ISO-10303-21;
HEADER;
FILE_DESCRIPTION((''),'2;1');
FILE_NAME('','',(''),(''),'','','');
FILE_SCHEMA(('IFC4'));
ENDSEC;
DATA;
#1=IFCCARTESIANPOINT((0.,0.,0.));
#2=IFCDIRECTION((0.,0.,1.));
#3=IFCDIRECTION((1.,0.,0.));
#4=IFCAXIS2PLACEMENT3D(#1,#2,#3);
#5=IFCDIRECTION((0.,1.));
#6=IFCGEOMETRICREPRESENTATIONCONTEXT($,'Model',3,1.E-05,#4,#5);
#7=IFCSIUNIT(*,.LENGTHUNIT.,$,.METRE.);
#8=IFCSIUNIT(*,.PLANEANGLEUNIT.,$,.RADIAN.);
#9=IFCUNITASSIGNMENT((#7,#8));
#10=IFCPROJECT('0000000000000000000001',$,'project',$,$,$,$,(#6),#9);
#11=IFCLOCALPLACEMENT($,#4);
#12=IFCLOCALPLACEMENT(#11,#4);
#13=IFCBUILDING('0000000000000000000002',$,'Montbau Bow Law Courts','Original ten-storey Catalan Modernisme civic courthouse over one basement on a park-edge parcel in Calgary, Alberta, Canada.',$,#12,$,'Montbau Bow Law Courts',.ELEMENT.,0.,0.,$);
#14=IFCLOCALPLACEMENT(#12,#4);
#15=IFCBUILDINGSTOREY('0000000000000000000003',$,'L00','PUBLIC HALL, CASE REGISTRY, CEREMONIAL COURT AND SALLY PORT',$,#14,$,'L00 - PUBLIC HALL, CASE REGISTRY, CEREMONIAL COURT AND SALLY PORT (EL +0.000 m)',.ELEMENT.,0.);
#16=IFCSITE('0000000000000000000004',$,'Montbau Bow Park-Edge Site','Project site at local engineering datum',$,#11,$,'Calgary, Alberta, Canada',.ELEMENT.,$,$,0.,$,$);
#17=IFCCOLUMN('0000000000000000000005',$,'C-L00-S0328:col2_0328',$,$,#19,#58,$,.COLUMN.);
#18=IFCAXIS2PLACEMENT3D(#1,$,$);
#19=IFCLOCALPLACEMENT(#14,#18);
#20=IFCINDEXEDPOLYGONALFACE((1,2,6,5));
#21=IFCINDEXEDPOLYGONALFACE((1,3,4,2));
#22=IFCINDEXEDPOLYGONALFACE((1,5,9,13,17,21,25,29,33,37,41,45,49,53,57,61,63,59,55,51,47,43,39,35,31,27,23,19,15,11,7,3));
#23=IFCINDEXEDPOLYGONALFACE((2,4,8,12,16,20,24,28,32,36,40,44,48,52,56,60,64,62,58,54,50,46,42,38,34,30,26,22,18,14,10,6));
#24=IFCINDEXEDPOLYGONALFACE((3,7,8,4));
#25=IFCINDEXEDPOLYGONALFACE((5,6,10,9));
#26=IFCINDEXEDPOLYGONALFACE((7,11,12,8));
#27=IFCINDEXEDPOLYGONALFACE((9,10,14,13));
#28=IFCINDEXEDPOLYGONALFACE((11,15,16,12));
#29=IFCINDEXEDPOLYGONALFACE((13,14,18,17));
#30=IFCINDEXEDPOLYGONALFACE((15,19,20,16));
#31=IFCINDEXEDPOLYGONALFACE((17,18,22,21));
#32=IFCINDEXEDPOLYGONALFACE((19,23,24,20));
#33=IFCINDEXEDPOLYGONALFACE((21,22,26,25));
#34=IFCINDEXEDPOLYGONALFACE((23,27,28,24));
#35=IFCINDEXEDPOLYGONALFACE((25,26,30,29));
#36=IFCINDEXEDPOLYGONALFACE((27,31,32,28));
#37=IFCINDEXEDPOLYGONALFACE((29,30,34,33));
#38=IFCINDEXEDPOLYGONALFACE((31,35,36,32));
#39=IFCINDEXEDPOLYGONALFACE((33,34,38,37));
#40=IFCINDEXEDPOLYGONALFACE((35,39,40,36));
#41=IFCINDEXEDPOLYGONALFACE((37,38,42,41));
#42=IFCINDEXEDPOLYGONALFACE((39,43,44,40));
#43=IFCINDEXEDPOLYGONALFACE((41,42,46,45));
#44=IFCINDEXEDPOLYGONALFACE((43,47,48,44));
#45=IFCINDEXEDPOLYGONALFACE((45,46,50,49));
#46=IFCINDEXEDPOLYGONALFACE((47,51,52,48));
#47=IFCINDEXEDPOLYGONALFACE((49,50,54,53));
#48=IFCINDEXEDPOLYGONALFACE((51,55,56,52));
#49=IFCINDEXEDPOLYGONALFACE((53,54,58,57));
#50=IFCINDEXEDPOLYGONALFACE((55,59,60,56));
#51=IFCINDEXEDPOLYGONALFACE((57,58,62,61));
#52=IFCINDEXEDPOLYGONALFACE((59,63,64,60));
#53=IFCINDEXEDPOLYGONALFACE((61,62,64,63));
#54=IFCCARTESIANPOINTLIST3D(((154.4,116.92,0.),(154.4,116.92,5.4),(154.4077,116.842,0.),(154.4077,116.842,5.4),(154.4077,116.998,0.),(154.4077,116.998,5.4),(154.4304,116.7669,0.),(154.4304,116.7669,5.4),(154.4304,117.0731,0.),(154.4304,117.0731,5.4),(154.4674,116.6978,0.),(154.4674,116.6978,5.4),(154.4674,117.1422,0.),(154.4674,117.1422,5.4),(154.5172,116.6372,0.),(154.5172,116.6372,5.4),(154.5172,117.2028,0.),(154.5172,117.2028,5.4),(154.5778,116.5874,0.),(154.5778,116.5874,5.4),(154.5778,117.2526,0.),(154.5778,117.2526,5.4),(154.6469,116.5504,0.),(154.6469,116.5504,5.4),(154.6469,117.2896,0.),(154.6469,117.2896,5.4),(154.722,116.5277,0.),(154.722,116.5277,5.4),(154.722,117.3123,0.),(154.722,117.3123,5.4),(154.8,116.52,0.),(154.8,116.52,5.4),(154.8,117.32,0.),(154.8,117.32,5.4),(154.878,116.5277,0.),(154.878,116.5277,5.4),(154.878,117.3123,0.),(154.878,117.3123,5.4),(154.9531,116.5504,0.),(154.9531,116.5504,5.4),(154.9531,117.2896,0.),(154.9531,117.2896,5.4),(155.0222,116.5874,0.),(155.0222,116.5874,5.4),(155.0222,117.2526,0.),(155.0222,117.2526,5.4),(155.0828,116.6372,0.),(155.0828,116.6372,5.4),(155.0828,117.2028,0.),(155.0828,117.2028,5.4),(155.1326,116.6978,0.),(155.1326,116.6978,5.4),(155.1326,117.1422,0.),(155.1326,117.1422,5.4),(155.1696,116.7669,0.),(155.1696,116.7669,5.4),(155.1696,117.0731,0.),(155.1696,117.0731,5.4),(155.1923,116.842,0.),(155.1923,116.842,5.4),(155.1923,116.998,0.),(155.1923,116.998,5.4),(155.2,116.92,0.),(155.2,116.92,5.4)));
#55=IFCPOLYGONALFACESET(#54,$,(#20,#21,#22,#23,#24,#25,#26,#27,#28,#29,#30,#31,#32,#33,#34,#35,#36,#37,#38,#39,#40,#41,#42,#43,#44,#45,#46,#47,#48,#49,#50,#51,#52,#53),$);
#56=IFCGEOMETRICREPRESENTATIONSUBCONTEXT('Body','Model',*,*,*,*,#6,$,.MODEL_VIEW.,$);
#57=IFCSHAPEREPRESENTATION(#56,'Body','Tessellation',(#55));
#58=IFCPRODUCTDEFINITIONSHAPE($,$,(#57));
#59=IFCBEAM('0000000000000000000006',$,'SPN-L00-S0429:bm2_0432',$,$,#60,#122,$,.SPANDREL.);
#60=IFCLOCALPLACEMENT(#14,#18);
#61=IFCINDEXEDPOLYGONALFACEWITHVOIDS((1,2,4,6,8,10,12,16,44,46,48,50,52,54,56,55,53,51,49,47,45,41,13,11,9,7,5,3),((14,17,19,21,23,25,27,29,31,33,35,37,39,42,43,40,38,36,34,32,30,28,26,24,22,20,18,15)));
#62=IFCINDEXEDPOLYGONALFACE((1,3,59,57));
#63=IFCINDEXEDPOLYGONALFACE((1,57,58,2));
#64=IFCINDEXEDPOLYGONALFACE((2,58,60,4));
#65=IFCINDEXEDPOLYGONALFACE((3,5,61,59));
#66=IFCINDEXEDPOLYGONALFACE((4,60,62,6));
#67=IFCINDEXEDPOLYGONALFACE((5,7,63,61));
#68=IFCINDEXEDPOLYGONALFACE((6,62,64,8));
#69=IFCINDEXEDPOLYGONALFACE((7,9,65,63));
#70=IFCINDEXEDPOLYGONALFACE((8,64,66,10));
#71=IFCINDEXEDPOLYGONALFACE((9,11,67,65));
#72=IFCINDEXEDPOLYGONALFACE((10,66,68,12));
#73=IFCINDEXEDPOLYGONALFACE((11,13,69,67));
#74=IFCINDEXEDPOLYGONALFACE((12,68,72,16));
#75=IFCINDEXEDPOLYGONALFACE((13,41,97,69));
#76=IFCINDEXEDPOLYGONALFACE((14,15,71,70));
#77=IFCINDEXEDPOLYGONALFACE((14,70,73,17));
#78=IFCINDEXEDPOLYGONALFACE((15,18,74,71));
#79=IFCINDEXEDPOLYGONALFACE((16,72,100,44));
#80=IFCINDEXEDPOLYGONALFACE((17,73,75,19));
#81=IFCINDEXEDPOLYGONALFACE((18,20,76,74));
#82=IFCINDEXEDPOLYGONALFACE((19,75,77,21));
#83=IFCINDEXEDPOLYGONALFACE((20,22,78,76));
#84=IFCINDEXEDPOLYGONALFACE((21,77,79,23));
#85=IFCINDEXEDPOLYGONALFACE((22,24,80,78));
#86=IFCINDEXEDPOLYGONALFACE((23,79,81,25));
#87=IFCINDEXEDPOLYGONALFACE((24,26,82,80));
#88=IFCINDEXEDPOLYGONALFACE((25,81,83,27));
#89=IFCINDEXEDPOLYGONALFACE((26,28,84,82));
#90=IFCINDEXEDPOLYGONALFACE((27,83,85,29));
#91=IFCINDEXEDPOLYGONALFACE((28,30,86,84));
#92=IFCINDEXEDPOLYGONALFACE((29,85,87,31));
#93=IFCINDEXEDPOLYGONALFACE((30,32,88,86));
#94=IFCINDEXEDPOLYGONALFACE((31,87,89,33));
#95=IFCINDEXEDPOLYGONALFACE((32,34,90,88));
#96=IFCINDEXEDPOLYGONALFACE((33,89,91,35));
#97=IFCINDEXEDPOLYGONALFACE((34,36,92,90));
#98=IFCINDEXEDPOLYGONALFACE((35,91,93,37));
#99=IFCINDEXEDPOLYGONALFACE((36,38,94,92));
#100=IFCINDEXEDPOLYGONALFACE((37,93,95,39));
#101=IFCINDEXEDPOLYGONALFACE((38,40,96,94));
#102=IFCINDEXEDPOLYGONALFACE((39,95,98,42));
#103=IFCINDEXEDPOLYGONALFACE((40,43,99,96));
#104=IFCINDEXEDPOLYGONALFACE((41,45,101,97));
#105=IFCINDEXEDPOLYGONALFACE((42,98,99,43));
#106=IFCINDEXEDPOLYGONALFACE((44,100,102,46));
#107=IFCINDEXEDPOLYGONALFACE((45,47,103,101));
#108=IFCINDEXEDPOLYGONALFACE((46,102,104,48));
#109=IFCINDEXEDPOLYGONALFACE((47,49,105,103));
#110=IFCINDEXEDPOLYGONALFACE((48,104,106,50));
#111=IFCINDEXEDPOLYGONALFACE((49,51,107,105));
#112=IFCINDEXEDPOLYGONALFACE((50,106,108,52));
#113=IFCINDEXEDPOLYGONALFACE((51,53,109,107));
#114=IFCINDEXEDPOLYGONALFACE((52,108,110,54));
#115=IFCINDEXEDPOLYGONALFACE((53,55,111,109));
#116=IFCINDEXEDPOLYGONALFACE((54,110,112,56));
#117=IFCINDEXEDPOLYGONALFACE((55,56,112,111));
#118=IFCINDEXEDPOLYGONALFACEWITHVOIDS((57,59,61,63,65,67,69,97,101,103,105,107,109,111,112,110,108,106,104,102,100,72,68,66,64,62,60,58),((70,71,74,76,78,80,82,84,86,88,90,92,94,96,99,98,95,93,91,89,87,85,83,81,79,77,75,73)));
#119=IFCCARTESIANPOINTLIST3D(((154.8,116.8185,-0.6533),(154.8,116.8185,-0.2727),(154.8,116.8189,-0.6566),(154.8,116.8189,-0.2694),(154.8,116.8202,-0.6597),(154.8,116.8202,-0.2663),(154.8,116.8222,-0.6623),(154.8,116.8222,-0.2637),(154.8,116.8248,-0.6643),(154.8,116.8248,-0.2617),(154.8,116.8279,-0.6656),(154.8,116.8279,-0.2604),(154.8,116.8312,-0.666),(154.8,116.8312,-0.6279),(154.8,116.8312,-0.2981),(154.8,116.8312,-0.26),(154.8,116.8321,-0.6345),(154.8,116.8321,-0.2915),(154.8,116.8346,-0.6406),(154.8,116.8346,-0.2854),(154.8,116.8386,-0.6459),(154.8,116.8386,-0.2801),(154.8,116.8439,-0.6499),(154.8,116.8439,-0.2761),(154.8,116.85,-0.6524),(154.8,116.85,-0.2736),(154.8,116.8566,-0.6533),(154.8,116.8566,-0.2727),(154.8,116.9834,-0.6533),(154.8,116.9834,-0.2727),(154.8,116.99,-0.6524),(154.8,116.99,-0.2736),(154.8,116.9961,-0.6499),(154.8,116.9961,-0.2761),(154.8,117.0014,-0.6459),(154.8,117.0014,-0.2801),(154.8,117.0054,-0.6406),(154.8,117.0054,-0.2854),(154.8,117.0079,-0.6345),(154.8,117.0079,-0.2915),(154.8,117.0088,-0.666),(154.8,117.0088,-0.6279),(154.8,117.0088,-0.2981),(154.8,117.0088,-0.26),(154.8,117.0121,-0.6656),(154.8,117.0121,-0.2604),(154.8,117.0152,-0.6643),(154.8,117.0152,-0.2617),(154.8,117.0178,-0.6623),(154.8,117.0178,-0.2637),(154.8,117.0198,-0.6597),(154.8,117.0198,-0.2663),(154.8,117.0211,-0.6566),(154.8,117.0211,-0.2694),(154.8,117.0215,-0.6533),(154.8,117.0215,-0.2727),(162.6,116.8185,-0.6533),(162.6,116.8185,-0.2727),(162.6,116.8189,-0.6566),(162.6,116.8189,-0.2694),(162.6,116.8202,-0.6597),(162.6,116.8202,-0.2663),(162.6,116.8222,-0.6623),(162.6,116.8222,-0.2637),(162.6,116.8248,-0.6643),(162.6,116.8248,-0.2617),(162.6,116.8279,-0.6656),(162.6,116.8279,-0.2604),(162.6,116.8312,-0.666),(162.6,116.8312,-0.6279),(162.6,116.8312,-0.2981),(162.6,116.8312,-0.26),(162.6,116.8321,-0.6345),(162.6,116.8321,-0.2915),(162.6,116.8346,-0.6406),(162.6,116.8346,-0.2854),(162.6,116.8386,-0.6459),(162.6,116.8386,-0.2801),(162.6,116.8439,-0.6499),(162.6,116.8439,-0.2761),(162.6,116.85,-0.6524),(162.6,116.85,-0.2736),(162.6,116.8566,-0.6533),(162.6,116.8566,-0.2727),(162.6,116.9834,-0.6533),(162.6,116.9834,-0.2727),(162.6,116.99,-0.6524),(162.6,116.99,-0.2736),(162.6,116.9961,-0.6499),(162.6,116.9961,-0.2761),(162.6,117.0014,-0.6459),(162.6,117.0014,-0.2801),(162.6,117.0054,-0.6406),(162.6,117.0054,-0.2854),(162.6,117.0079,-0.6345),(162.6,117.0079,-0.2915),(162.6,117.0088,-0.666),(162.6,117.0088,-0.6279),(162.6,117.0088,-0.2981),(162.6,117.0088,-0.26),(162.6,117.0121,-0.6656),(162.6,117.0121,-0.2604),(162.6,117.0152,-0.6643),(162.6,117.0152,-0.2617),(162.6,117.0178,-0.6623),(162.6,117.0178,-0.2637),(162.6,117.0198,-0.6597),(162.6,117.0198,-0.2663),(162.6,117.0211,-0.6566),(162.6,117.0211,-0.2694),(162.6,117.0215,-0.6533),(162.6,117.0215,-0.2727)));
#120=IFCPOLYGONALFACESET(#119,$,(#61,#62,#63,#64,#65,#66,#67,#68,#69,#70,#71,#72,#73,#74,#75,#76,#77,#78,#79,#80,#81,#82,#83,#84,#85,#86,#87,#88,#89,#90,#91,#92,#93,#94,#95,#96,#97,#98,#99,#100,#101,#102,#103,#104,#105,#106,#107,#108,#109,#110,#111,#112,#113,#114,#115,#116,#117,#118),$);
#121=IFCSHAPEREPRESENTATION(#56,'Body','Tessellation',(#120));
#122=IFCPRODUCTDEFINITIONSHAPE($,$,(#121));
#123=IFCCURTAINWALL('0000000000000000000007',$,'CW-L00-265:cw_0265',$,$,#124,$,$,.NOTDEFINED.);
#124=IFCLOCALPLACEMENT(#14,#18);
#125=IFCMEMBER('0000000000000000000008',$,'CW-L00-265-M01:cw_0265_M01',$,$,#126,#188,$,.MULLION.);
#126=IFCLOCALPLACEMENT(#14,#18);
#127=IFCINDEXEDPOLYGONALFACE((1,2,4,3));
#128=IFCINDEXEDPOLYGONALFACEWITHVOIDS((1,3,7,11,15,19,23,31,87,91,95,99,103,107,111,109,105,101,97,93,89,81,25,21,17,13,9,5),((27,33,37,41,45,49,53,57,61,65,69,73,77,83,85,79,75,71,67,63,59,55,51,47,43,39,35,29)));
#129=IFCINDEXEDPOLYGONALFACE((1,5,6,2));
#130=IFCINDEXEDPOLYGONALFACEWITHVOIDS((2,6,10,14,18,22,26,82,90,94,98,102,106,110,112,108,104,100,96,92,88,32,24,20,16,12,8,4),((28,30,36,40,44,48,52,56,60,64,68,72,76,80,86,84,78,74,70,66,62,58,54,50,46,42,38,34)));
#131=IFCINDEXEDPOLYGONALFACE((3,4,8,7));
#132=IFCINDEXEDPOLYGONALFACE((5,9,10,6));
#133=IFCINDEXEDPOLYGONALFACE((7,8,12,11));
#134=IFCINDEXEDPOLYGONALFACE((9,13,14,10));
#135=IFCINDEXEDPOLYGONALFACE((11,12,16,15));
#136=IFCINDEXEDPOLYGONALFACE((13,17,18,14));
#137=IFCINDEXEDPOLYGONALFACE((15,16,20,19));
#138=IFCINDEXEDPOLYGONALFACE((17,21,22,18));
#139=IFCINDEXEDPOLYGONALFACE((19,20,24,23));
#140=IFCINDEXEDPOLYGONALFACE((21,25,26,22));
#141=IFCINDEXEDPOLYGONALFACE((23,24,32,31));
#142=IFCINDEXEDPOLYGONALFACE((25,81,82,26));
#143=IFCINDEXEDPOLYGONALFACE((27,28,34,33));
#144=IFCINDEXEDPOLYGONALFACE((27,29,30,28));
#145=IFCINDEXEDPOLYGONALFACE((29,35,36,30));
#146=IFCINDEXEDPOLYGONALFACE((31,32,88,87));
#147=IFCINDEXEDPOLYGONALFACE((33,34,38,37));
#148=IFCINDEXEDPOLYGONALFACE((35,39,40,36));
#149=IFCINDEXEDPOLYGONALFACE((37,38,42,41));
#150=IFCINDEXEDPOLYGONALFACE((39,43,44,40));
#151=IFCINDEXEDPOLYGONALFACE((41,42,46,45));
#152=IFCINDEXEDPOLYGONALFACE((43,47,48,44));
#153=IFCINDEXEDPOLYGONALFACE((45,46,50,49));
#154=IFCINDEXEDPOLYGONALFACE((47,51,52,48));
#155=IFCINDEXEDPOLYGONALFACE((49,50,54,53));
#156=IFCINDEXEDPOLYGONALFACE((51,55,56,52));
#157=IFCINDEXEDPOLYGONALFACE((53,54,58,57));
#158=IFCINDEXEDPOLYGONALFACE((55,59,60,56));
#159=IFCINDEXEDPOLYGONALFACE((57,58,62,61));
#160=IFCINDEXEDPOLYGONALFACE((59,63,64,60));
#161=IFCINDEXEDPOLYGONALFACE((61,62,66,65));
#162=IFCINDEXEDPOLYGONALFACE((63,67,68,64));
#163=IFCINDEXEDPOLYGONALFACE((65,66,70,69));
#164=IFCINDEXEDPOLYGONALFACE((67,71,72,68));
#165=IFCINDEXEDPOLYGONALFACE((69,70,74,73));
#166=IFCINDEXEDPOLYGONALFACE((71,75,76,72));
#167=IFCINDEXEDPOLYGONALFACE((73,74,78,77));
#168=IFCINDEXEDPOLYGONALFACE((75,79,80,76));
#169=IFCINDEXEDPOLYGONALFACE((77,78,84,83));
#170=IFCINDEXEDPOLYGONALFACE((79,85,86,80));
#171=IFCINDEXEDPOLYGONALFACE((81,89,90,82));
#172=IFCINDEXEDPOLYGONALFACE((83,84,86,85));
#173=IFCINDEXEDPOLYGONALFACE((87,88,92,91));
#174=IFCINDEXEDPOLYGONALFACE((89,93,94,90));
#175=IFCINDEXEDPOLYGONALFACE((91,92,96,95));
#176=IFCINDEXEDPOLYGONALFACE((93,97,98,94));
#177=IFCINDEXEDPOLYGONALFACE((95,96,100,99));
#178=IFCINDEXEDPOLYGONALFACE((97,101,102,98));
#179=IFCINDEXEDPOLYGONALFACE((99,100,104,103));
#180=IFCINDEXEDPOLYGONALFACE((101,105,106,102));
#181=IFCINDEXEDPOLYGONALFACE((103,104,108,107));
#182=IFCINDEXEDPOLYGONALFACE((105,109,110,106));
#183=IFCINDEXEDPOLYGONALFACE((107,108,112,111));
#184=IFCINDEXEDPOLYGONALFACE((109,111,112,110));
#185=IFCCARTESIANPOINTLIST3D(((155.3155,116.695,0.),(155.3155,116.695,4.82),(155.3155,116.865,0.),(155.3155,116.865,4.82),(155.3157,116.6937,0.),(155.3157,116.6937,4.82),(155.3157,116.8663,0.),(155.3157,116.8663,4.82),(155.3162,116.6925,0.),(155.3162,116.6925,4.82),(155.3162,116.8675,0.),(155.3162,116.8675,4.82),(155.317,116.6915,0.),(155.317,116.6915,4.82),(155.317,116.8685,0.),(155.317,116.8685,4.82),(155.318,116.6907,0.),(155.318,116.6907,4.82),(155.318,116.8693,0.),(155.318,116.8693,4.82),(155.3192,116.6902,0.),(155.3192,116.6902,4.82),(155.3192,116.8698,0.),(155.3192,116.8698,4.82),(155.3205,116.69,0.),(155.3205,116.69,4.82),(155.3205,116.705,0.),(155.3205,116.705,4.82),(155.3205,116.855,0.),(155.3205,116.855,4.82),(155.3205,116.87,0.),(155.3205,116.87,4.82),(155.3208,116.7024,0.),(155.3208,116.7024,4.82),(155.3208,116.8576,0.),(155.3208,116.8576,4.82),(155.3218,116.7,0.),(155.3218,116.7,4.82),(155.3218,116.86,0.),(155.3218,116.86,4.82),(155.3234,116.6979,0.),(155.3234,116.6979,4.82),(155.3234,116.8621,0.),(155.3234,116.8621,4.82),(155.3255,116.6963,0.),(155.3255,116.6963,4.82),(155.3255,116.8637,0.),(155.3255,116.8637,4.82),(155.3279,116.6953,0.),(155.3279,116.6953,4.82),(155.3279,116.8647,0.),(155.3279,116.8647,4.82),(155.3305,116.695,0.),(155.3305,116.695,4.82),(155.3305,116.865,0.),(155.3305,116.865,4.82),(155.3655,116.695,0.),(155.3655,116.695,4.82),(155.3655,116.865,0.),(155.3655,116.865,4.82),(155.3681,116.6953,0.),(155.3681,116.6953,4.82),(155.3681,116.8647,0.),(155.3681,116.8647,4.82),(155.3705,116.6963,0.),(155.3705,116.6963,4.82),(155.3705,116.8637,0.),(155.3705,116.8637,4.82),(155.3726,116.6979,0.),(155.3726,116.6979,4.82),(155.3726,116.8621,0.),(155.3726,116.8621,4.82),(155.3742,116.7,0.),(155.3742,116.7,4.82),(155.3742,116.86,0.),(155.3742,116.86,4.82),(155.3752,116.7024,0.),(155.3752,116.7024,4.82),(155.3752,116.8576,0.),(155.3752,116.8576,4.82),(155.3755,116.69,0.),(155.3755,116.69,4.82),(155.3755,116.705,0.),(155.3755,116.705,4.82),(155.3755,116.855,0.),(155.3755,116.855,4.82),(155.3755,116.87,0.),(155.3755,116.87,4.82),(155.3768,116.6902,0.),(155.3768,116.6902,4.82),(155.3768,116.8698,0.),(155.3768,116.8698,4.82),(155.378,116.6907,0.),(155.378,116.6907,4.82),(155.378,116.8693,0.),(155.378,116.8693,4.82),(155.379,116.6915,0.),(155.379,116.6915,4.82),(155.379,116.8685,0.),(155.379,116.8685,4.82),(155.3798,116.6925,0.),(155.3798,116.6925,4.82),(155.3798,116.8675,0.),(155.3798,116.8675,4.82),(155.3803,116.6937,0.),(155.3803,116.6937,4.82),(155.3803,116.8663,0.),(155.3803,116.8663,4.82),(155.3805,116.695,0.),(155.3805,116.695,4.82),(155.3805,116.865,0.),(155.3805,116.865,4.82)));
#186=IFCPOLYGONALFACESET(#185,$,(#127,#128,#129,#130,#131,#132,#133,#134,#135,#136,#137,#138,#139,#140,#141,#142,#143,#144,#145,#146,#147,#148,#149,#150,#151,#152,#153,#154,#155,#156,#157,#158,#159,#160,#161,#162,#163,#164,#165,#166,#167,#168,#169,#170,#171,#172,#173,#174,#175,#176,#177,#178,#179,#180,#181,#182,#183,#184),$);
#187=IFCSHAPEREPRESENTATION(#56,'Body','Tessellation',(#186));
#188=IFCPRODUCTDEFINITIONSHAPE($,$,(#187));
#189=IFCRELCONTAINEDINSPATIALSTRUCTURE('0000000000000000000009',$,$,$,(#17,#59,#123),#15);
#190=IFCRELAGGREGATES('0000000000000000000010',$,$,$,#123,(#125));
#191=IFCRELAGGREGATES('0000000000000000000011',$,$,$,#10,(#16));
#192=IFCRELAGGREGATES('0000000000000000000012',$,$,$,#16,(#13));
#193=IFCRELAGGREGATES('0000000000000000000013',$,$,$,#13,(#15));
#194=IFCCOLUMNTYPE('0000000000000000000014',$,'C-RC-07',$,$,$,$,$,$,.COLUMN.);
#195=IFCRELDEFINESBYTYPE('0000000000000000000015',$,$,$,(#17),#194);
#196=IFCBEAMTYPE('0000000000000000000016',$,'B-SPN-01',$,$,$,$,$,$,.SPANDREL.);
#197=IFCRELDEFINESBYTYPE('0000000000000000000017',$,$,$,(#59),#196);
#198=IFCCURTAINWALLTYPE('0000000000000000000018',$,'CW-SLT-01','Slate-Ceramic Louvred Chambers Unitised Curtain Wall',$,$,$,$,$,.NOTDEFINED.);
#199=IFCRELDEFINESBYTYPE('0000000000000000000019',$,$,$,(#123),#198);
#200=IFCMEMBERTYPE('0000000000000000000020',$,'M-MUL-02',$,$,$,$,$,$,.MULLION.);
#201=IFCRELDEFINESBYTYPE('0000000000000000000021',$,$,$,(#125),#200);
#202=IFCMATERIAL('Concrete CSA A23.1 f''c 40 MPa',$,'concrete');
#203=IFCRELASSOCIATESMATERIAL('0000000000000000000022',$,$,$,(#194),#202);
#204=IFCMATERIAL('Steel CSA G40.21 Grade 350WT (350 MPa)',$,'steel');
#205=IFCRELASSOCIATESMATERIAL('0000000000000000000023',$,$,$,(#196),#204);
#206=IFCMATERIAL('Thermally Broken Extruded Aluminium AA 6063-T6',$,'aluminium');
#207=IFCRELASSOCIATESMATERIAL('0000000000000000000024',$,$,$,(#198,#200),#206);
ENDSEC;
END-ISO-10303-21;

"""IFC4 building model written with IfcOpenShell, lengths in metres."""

from ifc_helpers import new_model, si_unit, direction, frame, origin_with_axes, origin_2d_with_axis, place, context, subcontext, project, spatial, hollow_rectangle, circle, extrude, material, material_profile, profile_set, type_object, element, aggregate, save


model = new_model("IFC4")

# Units and contexts
model_context = context("Model", 3, precision=1e-05, world=origin_with_axes(), true_north=direction((0.0, 1.0)))
body_context = subcontext(model_context, "Body", "Model", "MODEL_VIEW")
ifc_project = project(units=[si_unit("LENGTHUNIT", "METRE"), si_unit("PLANEANGLEUNIT", "RADIAN")], contexts=[model_context])

# Site, building, storey
site_placement = place(None, origin_with_axes())
site = spatial("IfcSite", under=ifc_project, at=site_placement, Name="Montbau Bow Park-Edge Site", Description="Project site at local engineering datum", LongName="Calgary, Alberta, Canada", CompositionType="ELEMENT", RefElevation=0.0)
building_placement = place(site_placement, origin_with_axes())
building = spatial("IfcBuilding", under=site, at=building_placement, Name="Montbau Bow Law Courts", Description="Original ten-storey Catalan Modernisme civic courthouse over one basement on a park-edge parcel in Calgary, Alberta, Canada.", LongName="Montbau Bow Law Courts", CompositionType="ELEMENT", ElevationOfRefHeight=0.0, ElevationOfTerrain=0.0)
storey_placement = place(building_placement, origin_with_axes())
storey = spatial("IfcBuildingStorey", under=building, at=storey_placement, Name="L00", Description="PUBLIC HALL, CASE REGISTRY, CEREMONIAL COURT AND SALLY PORT", LongName="L00 - PUBLIC HALL, CASE REGISTRY, CEREMONIAL COURT AND SALLY PORT (EL +0.000 m)", CompositionType="ELEMENT", Elevation=0.0)

# Column
ifc_material_1 = material(Name="Concrete CSA A23.1 f'c 40 MPa", Category="concrete")
ifc_material_profile_1 = material_profile(ifc_material_1, circle(Radius=0.4, at=origin_2d_with_axis()), Name="RC800D", Category="Main", Priority=0)
ifc_profile_set_1 = profile_set([ifc_material_profile_1], Name="Concrete CSA A23.1 f'c 40 MPa")
column_type = type_object("IfcColumnType", Name="C-RC-07", PredefinedType="COLUMN", material=ifc_profile_set_1)
column_placement = place(None, frame((154.8, 116.92, 0.0), z_axis=(0.0, 0.0, 1.0), x_axis=(1.0, 0.0, 0.0)))
element("IfcColumn", 1, at=column_placement, inside=storey, type_object=column_type, Name="C-L00-S0328:col2_0328", PredefinedType="COLUMN", context=body_context, shape_type="SweptSolid", body=[
    extrude(circle(Radius=0.4, at=origin_2d_with_axis()), origin_with_axes(), (0.0, 0.0, 1.0), 5.4),
])

# Beam
ifc_material_2 = material(Name="Steel CSA G40.21 Grade 350WT (350 MPa)", Category="steel")
ifc_material_profile_2 = material_profile(ifc_material_2, hollow_rectangle(XDim=0.203, YDim=0.406, WallThickness=0.0127, InnerFilletRadius=0.0254, OuterFilletRadius=0.0127, at=origin_2d_with_axis()), Name="HSS406X203X13", Category="Main", Priority=0)
ifc_profile_set_2 = profile_set([ifc_material_profile_2], Name="Steel CSA G40.21 Grade 350WT (350 MPa)")
beam_type = type_object("IfcBeamType", Name="B-SPN-01", PredefinedType="SPANDREL", material=ifc_profile_set_2)
beam_placement = place(None, frame((154.8, 116.92, -0.463), z_axis=(1.0, 0.0, 0.0), x_axis=(0.0, 1.0, 0.0)))
element("IfcBeam", 2, at=beam_placement, inside=storey, type_object=beam_type, Name="SPN-L00-S0429:bm2_0432", PredefinedType="SPANDREL", context=body_context, shape_type="SweptSolid", body=[
    extrude(hollow_rectangle(XDim=0.203, YDim=0.406, WallThickness=0.0127, InnerFilletRadius=0.0254, OuterFilletRadius=0.0127, at=origin_2d_with_axis()), origin_with_axes(), (0.0, 0.0, 1.0), 7.8),
])

# Curtain wall, member
ifc_material_3 = material(Name="Thermally Broken Extruded Aluminium AA 6063-T6", Category="aluminium")
curtain_wall_type = type_object("IfcCurtainWallType", Name="CW-SLT-01", Description="Slate-Ceramic Louvred Chambers Unitised Curtain Wall", PredefinedType="NOTDEFINED", material=ifc_material_3)
curtain_wall_placement = place(None, frame((155.315, 116.78, 0.0), z_axis=(0.0, 0.0, 1.0), x_axis=(1.0, 0.0, 0.0)))
curtain_wall = element("IfcCurtainWall", 3, at=curtain_wall_placement, inside=storey, type_object=curtain_wall_type, Name="CW-L00-265:cw_0265", PredefinedType="NOTDEFINED")
ifc_material_profile_3 = material_profile(ifc_material_3, hollow_rectangle(XDim=0.065, YDim=0.18, WallThickness=0.005, InnerFilletRadius=0.01, OuterFilletRadius=0.005, at=origin_2d_with_axis()), Name="CWM-180X65", Category="Main", Priority=0)
ifc_profile_set_3 = profile_set([ifc_material_profile_3], Name="Thermally Broken Extruded Aluminium AA 6063-T6")
member_type_1 = type_object("IfcMemberType", Name="M-MUL-02", PredefinedType="MULLION", material=ifc_profile_set_3)
member_1_placement = place(None, frame((155.348, 116.78, 0.0), z_axis=(0.0, 0.0, 1.0), x_axis=(1.0, 0.0, 0.0)))
member_1 = element("IfcMember", 4, at=member_1_placement, type_object=member_type_1, Name="CW-L00-265-M01:cw_0265_M01", PredefinedType="MULLION", context=body_context, shape_type="SweptSolid", body=[
    extrude(hollow_rectangle(XDim=0.065, YDim=0.18, WallThickness=0.005, InnerFilletRadius=0.01, OuterFilletRadius=0.005, at=origin_2d_with_axis()), origin_with_axes(), (0.0, 0.0, 1.0), 4.82),
])
aggregate(curtain_wall, [member_1])

save(model, "model.ifc")
